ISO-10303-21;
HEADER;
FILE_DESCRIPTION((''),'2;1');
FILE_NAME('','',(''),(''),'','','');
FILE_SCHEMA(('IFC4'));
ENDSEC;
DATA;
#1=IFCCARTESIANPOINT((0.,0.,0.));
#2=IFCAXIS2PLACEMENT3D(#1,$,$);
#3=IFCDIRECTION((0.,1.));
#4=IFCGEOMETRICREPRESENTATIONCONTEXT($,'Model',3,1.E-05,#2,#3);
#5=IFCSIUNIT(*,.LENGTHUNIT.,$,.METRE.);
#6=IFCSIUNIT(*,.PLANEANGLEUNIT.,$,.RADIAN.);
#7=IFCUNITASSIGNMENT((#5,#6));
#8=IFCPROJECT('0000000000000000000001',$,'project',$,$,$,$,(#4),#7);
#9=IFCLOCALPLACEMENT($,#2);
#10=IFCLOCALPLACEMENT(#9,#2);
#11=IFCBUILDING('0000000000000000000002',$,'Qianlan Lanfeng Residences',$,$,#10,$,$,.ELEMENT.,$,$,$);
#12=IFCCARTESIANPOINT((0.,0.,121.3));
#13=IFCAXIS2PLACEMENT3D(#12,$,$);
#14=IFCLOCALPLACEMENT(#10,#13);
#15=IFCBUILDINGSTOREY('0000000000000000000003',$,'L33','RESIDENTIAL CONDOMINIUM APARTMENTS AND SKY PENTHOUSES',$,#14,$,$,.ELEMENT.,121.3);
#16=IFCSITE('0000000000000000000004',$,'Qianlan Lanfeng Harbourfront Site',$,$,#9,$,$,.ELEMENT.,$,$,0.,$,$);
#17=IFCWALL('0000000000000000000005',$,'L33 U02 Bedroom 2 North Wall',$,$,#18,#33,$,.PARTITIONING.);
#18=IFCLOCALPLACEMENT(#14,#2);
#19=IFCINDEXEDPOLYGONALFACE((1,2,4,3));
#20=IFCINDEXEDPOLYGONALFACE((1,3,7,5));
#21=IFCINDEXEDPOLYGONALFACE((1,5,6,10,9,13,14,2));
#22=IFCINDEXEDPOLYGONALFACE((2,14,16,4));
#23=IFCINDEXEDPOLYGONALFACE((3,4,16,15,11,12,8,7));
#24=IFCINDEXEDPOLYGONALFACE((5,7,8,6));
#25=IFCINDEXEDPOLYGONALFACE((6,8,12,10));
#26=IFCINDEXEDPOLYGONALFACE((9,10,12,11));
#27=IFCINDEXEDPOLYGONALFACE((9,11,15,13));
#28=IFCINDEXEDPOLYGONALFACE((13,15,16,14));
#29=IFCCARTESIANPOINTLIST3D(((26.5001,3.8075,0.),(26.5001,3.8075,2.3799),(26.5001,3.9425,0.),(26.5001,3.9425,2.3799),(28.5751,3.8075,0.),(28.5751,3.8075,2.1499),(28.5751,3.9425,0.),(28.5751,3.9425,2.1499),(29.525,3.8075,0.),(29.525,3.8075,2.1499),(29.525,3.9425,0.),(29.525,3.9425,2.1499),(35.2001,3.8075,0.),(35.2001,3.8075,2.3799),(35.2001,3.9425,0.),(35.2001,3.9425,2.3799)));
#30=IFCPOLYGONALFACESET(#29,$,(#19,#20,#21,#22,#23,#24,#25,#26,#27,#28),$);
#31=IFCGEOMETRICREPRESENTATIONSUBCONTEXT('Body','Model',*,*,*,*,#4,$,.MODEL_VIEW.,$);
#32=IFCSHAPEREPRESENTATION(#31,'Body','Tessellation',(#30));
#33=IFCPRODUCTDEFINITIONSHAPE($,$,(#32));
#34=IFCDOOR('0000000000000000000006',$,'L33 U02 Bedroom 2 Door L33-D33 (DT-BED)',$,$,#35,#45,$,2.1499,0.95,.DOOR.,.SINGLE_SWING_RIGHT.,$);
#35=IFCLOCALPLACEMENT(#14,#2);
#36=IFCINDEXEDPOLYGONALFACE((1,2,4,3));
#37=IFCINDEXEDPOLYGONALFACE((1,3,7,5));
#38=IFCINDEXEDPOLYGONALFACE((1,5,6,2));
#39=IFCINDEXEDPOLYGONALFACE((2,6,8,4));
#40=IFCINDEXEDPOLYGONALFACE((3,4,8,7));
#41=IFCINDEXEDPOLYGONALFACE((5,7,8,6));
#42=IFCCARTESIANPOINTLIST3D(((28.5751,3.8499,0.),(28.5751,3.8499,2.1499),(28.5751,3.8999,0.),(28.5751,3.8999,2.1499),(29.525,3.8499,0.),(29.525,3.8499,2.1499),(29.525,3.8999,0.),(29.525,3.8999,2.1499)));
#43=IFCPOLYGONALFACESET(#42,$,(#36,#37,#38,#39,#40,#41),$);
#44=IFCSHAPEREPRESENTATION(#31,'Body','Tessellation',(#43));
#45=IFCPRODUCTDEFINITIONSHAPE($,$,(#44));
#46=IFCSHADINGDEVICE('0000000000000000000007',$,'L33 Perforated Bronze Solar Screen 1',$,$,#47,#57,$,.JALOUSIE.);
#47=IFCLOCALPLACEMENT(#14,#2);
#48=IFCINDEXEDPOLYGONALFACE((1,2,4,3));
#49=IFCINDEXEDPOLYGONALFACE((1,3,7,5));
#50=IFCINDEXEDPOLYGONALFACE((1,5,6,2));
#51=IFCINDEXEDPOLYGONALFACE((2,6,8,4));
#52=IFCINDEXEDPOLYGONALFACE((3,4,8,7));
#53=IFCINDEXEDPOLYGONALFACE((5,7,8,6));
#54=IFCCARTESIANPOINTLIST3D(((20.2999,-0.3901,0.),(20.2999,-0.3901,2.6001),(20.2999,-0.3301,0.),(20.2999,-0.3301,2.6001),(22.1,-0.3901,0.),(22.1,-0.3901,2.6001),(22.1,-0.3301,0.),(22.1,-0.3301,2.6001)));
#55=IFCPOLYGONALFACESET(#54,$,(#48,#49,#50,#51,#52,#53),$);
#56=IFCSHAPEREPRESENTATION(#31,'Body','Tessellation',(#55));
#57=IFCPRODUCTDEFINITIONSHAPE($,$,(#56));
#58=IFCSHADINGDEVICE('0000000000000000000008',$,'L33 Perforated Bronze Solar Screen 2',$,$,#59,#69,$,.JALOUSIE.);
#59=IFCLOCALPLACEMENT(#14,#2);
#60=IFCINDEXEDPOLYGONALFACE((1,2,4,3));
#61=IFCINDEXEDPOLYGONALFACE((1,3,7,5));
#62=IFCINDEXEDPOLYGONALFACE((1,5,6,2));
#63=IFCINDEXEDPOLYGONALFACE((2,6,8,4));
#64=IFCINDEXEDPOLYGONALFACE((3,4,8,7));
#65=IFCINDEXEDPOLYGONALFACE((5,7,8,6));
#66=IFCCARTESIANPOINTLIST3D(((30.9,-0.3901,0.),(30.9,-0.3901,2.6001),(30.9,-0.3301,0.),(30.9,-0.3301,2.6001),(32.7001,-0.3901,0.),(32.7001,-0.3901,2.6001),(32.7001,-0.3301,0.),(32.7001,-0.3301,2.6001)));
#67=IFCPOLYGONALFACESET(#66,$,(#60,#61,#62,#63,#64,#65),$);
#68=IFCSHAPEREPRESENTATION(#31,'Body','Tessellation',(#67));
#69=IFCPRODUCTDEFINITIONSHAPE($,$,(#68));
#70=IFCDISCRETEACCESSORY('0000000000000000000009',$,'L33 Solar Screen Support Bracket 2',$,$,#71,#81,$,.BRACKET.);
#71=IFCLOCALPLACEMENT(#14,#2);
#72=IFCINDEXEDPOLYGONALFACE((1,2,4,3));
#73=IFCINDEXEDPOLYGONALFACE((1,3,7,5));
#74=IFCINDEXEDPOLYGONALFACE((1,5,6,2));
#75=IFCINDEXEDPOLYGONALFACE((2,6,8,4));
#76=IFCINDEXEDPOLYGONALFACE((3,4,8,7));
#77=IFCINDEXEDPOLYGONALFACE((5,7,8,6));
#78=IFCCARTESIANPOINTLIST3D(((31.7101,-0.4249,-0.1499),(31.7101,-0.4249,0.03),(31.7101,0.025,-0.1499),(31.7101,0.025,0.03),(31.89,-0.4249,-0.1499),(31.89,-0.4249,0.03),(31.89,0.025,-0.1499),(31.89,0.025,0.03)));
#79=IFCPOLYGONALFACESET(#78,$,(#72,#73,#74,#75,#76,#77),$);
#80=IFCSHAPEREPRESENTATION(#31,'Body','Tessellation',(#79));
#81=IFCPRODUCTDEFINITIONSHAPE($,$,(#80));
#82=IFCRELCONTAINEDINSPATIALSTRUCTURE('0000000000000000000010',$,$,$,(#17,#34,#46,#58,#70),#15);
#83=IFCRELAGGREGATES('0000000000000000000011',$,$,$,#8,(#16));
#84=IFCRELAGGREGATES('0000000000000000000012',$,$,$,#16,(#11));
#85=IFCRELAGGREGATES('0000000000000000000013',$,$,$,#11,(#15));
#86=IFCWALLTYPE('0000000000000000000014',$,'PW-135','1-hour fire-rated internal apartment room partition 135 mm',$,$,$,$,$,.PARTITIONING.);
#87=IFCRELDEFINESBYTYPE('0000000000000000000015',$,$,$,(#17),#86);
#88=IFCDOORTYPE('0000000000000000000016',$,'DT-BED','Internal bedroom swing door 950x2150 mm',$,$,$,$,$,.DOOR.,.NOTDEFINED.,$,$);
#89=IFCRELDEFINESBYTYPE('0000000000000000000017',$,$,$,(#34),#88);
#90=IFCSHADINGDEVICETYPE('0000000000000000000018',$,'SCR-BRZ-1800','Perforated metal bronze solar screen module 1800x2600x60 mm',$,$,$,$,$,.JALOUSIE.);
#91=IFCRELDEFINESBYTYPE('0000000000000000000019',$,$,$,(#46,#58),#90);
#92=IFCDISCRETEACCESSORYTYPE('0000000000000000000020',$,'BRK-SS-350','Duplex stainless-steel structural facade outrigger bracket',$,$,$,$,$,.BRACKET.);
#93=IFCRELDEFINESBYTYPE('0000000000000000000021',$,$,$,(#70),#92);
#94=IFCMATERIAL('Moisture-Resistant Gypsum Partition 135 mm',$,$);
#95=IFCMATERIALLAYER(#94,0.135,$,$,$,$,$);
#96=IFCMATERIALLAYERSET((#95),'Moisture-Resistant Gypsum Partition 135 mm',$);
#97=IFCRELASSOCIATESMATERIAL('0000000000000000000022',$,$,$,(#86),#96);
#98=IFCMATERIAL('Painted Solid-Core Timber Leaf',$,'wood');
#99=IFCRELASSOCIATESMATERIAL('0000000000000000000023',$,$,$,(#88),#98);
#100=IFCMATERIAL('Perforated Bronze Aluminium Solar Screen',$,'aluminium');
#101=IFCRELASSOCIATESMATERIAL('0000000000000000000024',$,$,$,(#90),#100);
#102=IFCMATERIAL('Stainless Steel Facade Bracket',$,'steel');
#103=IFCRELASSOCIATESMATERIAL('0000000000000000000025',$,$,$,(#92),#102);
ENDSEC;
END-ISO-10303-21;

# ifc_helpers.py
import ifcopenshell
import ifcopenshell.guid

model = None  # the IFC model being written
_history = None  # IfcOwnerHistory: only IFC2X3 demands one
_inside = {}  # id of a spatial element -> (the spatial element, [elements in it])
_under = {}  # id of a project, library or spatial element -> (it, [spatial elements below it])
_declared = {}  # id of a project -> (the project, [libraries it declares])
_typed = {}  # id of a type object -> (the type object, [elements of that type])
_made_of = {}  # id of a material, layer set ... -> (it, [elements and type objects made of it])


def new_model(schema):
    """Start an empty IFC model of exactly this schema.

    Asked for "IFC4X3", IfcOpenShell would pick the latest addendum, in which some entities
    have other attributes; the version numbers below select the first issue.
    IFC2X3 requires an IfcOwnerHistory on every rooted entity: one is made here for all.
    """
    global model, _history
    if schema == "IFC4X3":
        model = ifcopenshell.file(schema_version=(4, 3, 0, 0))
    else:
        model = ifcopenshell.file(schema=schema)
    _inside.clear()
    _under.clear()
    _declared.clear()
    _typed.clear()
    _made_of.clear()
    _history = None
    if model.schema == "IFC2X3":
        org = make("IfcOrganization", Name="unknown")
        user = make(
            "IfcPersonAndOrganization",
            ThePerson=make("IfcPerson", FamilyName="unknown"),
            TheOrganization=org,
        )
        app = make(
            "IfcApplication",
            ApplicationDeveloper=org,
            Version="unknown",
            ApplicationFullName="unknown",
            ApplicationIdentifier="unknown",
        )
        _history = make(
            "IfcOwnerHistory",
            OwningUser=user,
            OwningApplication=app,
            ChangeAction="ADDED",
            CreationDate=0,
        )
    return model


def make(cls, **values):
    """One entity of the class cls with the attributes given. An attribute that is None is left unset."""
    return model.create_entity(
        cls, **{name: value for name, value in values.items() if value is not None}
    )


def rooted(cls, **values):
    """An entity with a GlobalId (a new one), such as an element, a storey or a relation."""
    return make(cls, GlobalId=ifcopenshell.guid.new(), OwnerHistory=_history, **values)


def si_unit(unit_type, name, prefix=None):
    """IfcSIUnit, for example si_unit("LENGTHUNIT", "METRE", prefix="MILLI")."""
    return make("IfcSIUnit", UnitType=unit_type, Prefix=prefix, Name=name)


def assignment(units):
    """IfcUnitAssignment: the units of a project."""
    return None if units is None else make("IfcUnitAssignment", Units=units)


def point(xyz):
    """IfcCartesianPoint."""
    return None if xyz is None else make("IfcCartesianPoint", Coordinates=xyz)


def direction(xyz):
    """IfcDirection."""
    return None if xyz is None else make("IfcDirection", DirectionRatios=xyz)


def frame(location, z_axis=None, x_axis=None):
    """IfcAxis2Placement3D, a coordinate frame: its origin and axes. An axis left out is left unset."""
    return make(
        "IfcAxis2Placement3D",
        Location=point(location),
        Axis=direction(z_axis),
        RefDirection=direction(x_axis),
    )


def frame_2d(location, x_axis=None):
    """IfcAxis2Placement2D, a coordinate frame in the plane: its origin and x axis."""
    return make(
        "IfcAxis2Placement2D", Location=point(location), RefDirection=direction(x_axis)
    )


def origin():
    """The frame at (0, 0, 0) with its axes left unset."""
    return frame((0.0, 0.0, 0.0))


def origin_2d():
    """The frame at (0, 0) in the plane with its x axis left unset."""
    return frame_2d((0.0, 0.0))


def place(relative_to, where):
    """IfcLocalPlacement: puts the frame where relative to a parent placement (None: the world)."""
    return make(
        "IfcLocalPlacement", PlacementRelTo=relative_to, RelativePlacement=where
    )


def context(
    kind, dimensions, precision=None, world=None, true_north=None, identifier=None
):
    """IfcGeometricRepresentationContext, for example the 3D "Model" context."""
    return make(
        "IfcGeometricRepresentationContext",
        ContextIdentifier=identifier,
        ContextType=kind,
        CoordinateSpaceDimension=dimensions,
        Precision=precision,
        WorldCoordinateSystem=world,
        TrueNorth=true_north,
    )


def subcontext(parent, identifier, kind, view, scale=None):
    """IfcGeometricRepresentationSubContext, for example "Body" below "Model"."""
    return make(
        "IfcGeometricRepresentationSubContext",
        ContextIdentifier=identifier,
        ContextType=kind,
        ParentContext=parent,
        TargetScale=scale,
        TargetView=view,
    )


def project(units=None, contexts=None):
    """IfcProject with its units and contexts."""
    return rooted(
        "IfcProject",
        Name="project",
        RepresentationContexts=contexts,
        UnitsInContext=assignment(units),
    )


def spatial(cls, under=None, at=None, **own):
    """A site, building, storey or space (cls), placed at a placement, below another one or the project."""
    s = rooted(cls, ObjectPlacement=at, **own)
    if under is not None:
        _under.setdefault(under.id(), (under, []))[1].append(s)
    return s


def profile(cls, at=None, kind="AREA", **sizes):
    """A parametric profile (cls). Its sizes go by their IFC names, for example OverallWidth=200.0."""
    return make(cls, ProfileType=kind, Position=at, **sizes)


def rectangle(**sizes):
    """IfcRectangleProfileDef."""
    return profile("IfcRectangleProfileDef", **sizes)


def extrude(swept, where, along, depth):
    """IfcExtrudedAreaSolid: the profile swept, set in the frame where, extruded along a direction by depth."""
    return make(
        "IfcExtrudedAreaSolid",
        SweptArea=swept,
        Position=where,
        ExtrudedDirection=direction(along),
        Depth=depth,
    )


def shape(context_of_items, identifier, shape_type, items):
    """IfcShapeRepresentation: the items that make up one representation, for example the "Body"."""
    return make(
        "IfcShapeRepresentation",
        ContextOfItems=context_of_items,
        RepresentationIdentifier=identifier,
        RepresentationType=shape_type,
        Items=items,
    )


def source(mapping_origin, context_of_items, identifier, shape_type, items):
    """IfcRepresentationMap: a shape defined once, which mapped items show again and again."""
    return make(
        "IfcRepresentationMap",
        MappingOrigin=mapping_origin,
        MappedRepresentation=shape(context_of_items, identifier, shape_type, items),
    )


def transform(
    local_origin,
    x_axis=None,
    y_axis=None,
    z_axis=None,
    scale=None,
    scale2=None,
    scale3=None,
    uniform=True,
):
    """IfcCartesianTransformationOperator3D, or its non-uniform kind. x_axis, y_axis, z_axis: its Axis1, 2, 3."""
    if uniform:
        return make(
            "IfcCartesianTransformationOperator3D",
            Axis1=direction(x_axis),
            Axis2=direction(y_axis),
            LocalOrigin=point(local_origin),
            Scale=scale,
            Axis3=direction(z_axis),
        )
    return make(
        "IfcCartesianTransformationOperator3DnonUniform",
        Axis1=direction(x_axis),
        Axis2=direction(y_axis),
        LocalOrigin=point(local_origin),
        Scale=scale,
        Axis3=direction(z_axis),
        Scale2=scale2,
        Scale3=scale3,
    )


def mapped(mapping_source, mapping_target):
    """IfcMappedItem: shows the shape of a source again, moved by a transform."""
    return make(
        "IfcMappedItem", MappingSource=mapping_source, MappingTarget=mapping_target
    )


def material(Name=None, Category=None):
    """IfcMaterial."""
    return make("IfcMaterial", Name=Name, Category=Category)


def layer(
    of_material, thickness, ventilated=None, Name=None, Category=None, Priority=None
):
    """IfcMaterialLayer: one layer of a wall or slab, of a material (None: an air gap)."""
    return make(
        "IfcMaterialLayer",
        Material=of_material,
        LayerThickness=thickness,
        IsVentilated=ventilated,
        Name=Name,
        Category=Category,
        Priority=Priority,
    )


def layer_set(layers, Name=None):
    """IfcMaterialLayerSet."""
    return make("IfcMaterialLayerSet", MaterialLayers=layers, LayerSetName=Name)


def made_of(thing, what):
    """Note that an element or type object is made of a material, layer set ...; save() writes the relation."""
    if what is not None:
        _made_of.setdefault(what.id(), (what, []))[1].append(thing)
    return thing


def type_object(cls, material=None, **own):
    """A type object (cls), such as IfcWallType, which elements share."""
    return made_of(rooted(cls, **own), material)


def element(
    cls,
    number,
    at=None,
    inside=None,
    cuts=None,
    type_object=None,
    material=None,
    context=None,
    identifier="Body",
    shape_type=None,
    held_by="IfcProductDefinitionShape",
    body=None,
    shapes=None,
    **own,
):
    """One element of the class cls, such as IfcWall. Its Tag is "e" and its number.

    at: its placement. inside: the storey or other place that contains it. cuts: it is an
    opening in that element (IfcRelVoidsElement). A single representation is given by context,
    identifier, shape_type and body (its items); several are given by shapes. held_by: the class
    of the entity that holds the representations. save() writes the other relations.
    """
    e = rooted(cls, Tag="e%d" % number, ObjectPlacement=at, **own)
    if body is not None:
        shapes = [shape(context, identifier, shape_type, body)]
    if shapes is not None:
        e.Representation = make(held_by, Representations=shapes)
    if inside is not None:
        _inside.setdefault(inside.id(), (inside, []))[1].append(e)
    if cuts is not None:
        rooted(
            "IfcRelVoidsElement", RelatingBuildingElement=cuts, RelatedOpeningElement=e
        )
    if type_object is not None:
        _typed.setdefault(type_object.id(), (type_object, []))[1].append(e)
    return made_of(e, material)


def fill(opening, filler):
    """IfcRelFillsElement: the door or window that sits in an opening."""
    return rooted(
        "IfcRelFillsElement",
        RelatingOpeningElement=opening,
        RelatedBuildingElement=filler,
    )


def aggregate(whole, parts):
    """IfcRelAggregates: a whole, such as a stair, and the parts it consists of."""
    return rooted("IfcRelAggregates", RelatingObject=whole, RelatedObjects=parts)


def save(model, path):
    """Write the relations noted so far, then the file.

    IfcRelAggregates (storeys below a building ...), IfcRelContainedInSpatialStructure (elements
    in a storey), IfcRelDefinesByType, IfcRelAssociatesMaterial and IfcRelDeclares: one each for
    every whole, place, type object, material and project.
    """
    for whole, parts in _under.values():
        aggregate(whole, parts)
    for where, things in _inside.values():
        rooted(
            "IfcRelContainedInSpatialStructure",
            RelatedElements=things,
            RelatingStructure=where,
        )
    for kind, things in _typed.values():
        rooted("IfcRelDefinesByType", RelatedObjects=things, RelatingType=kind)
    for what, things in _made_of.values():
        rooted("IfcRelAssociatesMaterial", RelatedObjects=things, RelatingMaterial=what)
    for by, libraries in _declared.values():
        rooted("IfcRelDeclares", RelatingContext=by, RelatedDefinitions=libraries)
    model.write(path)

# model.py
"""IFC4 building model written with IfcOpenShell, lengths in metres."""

from ifc_helpers import new_model, si_unit, direction, frame, frame_2d, origin, origin_2d, place, context, subcontext, project, spatial, rectangle, extrude, source, transform, mapped, material, layer, layer_set, type_object, element, fill, save


model = new_model("IFC4")

# Units and contexts
model_context = context("Model", 3, precision=1e-05, world=origin(), true_north=direction((0.0, 1.0)))
body_context = subcontext(model_context, "Body", "Model", "MODEL_VIEW")
ifc_project = project(units=[si_unit("LENGTHUNIT", "METRE"), si_unit("PLANEANGLEUNIT", "RADIAN")], contexts=[model_context])

# Site, building, storey
site_placement = place(None, origin())
site = spatial("IfcSite", under=ifc_project, at=site_placement, Name="Qianlan Lanfeng Harbourfront Site", CompositionType="ELEMENT", RefElevation=0.0)
building_placement = place(site_placement, origin())
building = spatial("IfcBuilding", under=site, at=building_placement, Name="Qianlan Lanfeng Residences", CompositionType="ELEMENT")
storey_placement = place(building_placement, frame((0.0, 0.0, 121.3)))
storey = spatial("IfcBuildingStorey", under=building, at=storey_placement, Name="L33", Description="RESIDENTIAL CONDOMINIUM APARTMENTS AND SKY PENTHOUSES", CompositionType="ELEMENT", Elevation=121.3)

# Wall, opening, door
ifc_material_1 = material(Name="Moisture-Resistant Gypsum Partition 135 mm")
ifc_layer_1 = layer(ifc_material_1, 0.135)
ifc_layer_set_1 = layer_set([ifc_layer_1], Name="Moisture-Resistant Gypsum Partition 135 mm")
wall_type_1 = type_object("IfcWallType", Name="PW-135", Description="1-hour fire-rated internal apartment room partition 135 mm", PredefinedType="PARTITIONING", material=ifc_layer_set_1)
wall_1_placement = place(storey_placement, frame((26.5, 3.875, 0.0), z_axis=(0.0, 0.0, 1.0), x_axis=(1.0, 0.0, 0.0)))
wall_1 = element("IfcWall", 1, at=wall_1_placement, inside=storey, type_object=wall_type_1, Name="L33 U02 Bedroom 2 North Wall", PredefinedType="PARTITIONING", context=body_context, shape_type="SweptSolid", body=[
    extrude(rectangle(XDim=8.7, YDim=0.135, at=frame_2d((4.3501, 0.0))), origin(), (0.0, 0.0, 1.0), 2.3799),
])
opening_1_placement = place(wall_1_placement, frame((2.075, 0.0, 0.0)))
opening_1 = element("IfcOpeningElement", 2, at=opening_1_placement, cuts=wall_1, PredefinedType="OPENING", context=body_context, shape_type="SweptSolid", body=[
    extrude(rectangle(XDim=0.95, YDim=2.1499, at=frame_2d((0.4751, 1.075))), frame((0.0, 0.0776, 0.0), z_axis=(0.0, -1.0, 0.0), x_axis=(1.0, 0.0, 0.0)), (0.0, 0.0, 1.0), 0.155),
])
ifc_material_2 = material(Name="Painted Solid-Core Timber Leaf", Category="wood")
door_type_1 = type_object("IfcDoorType", Name="DT-BED", Description="Internal bedroom swing door 950x2150 mm", OperationType="NOTDEFINED", PredefinedType="DOOR", material=ifc_material_2)
door_1_placement = place(opening_1_placement, origin())
door_1 = element("IfcDoor", 3, at=door_1_placement, inside=storey, type_object=door_type_1, Name="L33 U02 Bedroom 2 Door L33-D33 (DT-BED)", OperationType="SINGLE_SWING_RIGHT", OverallHeight=2.1499, OverallWidth=0.95, PredefinedType="DOOR", context=body_context, shape_type="SweptSolid", body=[
    extrude(rectangle(XDim=0.95, YDim=2.1499, at=frame_2d((0.4751, 1.075))), frame((0.0, 0.0249, 0.0), z_axis=(0.0, -1.0, 0.0), x_axis=(1.0, 0.0, 0.0)), (0.0, 0.0, 1.0), 0.05),
])
fill(opening_1, door_1)

# Shading devices
ifc_material_3 = material(Name="Perforated Bronze Aluminium Solar Screen", Category="aluminium")
shading_device_type = type_object("IfcShadingDeviceType", Name="SCR-BRZ-1800", Description="Perforated metal bronze solar screen module 1800x2600x60 mm", PredefinedType="JALOUSIE", material=ifc_material_3)
shared_shape_1 = source(origin(), body_context, "Body", "SweptSolid", [
    extrude(rectangle(XDim=1.8, YDim=0.0601, at=origin_2d()), origin(), (0.0, 0.0, 1.0), 2.6001),
])
for number, where, z_axis, x_axis, name in (
    (4, (21.2, -0.3601, 0.0), (0.0, 0.0, 1.0), (1.0, 0.0, 0.0), "L33 Perforated Bronze Solar Screen 1"),
    (5, (31.8, -0.3601, 0.0), (0.0, 0.0, 1.0), (1.0, 0.0, 0.0), "L33 Perforated Bronze Solar Screen 2"),
):
    element("IfcShadingDevice", number, at=place(storey_placement, frame(where, z_axis=z_axis, x_axis=x_axis)), inside=storey, type_object=shading_device_type, Name=name, PredefinedType="JALOUSIE", context=body_context, shape_type="MappedRepresentation", body=[
        mapped(shared_shape_1, transform((0.0, 0.0, 0.0), scale=1.0)),
    ])

# Discrete accessory
ifc_material_4 = material(Name="Stainless Steel Facade Bracket", Category="steel")
discrete_accessory_type = type_object("IfcDiscreteAccessoryType", Name="BRK-SS-350", Description="Duplex stainless-steel structural facade outrigger bracket", PredefinedType="BRACKET", material=ifc_material_4)
shared_shape_2 = source(origin(), body_context, "Body", "SweptSolid", [
    extrude(rectangle(XDim=0.1799, YDim=0.45, at=origin_2d()), origin(), (0.0, 0.0, 1.0), 0.1799),
])
discrete_accessory_placement = place(storey_placement, frame((31.8, -0.2, -0.1499), z_axis=(0.0, 0.0, 1.0), x_axis=(1.0, 0.0, 0.0)))
element("IfcDiscreteAccessory", 6, at=discrete_accessory_placement, inside=storey, type_object=discrete_accessory_type, Name="L33 Solar Screen Support Bracket 2", PredefinedType="BRACKET", context=body_context, shape_type="MappedRepresentation", body=[
    mapped(shared_shape_2, transform((0.0, 0.0, 0.0), scale=1.0)),
])

save(model, "model.ifc")
